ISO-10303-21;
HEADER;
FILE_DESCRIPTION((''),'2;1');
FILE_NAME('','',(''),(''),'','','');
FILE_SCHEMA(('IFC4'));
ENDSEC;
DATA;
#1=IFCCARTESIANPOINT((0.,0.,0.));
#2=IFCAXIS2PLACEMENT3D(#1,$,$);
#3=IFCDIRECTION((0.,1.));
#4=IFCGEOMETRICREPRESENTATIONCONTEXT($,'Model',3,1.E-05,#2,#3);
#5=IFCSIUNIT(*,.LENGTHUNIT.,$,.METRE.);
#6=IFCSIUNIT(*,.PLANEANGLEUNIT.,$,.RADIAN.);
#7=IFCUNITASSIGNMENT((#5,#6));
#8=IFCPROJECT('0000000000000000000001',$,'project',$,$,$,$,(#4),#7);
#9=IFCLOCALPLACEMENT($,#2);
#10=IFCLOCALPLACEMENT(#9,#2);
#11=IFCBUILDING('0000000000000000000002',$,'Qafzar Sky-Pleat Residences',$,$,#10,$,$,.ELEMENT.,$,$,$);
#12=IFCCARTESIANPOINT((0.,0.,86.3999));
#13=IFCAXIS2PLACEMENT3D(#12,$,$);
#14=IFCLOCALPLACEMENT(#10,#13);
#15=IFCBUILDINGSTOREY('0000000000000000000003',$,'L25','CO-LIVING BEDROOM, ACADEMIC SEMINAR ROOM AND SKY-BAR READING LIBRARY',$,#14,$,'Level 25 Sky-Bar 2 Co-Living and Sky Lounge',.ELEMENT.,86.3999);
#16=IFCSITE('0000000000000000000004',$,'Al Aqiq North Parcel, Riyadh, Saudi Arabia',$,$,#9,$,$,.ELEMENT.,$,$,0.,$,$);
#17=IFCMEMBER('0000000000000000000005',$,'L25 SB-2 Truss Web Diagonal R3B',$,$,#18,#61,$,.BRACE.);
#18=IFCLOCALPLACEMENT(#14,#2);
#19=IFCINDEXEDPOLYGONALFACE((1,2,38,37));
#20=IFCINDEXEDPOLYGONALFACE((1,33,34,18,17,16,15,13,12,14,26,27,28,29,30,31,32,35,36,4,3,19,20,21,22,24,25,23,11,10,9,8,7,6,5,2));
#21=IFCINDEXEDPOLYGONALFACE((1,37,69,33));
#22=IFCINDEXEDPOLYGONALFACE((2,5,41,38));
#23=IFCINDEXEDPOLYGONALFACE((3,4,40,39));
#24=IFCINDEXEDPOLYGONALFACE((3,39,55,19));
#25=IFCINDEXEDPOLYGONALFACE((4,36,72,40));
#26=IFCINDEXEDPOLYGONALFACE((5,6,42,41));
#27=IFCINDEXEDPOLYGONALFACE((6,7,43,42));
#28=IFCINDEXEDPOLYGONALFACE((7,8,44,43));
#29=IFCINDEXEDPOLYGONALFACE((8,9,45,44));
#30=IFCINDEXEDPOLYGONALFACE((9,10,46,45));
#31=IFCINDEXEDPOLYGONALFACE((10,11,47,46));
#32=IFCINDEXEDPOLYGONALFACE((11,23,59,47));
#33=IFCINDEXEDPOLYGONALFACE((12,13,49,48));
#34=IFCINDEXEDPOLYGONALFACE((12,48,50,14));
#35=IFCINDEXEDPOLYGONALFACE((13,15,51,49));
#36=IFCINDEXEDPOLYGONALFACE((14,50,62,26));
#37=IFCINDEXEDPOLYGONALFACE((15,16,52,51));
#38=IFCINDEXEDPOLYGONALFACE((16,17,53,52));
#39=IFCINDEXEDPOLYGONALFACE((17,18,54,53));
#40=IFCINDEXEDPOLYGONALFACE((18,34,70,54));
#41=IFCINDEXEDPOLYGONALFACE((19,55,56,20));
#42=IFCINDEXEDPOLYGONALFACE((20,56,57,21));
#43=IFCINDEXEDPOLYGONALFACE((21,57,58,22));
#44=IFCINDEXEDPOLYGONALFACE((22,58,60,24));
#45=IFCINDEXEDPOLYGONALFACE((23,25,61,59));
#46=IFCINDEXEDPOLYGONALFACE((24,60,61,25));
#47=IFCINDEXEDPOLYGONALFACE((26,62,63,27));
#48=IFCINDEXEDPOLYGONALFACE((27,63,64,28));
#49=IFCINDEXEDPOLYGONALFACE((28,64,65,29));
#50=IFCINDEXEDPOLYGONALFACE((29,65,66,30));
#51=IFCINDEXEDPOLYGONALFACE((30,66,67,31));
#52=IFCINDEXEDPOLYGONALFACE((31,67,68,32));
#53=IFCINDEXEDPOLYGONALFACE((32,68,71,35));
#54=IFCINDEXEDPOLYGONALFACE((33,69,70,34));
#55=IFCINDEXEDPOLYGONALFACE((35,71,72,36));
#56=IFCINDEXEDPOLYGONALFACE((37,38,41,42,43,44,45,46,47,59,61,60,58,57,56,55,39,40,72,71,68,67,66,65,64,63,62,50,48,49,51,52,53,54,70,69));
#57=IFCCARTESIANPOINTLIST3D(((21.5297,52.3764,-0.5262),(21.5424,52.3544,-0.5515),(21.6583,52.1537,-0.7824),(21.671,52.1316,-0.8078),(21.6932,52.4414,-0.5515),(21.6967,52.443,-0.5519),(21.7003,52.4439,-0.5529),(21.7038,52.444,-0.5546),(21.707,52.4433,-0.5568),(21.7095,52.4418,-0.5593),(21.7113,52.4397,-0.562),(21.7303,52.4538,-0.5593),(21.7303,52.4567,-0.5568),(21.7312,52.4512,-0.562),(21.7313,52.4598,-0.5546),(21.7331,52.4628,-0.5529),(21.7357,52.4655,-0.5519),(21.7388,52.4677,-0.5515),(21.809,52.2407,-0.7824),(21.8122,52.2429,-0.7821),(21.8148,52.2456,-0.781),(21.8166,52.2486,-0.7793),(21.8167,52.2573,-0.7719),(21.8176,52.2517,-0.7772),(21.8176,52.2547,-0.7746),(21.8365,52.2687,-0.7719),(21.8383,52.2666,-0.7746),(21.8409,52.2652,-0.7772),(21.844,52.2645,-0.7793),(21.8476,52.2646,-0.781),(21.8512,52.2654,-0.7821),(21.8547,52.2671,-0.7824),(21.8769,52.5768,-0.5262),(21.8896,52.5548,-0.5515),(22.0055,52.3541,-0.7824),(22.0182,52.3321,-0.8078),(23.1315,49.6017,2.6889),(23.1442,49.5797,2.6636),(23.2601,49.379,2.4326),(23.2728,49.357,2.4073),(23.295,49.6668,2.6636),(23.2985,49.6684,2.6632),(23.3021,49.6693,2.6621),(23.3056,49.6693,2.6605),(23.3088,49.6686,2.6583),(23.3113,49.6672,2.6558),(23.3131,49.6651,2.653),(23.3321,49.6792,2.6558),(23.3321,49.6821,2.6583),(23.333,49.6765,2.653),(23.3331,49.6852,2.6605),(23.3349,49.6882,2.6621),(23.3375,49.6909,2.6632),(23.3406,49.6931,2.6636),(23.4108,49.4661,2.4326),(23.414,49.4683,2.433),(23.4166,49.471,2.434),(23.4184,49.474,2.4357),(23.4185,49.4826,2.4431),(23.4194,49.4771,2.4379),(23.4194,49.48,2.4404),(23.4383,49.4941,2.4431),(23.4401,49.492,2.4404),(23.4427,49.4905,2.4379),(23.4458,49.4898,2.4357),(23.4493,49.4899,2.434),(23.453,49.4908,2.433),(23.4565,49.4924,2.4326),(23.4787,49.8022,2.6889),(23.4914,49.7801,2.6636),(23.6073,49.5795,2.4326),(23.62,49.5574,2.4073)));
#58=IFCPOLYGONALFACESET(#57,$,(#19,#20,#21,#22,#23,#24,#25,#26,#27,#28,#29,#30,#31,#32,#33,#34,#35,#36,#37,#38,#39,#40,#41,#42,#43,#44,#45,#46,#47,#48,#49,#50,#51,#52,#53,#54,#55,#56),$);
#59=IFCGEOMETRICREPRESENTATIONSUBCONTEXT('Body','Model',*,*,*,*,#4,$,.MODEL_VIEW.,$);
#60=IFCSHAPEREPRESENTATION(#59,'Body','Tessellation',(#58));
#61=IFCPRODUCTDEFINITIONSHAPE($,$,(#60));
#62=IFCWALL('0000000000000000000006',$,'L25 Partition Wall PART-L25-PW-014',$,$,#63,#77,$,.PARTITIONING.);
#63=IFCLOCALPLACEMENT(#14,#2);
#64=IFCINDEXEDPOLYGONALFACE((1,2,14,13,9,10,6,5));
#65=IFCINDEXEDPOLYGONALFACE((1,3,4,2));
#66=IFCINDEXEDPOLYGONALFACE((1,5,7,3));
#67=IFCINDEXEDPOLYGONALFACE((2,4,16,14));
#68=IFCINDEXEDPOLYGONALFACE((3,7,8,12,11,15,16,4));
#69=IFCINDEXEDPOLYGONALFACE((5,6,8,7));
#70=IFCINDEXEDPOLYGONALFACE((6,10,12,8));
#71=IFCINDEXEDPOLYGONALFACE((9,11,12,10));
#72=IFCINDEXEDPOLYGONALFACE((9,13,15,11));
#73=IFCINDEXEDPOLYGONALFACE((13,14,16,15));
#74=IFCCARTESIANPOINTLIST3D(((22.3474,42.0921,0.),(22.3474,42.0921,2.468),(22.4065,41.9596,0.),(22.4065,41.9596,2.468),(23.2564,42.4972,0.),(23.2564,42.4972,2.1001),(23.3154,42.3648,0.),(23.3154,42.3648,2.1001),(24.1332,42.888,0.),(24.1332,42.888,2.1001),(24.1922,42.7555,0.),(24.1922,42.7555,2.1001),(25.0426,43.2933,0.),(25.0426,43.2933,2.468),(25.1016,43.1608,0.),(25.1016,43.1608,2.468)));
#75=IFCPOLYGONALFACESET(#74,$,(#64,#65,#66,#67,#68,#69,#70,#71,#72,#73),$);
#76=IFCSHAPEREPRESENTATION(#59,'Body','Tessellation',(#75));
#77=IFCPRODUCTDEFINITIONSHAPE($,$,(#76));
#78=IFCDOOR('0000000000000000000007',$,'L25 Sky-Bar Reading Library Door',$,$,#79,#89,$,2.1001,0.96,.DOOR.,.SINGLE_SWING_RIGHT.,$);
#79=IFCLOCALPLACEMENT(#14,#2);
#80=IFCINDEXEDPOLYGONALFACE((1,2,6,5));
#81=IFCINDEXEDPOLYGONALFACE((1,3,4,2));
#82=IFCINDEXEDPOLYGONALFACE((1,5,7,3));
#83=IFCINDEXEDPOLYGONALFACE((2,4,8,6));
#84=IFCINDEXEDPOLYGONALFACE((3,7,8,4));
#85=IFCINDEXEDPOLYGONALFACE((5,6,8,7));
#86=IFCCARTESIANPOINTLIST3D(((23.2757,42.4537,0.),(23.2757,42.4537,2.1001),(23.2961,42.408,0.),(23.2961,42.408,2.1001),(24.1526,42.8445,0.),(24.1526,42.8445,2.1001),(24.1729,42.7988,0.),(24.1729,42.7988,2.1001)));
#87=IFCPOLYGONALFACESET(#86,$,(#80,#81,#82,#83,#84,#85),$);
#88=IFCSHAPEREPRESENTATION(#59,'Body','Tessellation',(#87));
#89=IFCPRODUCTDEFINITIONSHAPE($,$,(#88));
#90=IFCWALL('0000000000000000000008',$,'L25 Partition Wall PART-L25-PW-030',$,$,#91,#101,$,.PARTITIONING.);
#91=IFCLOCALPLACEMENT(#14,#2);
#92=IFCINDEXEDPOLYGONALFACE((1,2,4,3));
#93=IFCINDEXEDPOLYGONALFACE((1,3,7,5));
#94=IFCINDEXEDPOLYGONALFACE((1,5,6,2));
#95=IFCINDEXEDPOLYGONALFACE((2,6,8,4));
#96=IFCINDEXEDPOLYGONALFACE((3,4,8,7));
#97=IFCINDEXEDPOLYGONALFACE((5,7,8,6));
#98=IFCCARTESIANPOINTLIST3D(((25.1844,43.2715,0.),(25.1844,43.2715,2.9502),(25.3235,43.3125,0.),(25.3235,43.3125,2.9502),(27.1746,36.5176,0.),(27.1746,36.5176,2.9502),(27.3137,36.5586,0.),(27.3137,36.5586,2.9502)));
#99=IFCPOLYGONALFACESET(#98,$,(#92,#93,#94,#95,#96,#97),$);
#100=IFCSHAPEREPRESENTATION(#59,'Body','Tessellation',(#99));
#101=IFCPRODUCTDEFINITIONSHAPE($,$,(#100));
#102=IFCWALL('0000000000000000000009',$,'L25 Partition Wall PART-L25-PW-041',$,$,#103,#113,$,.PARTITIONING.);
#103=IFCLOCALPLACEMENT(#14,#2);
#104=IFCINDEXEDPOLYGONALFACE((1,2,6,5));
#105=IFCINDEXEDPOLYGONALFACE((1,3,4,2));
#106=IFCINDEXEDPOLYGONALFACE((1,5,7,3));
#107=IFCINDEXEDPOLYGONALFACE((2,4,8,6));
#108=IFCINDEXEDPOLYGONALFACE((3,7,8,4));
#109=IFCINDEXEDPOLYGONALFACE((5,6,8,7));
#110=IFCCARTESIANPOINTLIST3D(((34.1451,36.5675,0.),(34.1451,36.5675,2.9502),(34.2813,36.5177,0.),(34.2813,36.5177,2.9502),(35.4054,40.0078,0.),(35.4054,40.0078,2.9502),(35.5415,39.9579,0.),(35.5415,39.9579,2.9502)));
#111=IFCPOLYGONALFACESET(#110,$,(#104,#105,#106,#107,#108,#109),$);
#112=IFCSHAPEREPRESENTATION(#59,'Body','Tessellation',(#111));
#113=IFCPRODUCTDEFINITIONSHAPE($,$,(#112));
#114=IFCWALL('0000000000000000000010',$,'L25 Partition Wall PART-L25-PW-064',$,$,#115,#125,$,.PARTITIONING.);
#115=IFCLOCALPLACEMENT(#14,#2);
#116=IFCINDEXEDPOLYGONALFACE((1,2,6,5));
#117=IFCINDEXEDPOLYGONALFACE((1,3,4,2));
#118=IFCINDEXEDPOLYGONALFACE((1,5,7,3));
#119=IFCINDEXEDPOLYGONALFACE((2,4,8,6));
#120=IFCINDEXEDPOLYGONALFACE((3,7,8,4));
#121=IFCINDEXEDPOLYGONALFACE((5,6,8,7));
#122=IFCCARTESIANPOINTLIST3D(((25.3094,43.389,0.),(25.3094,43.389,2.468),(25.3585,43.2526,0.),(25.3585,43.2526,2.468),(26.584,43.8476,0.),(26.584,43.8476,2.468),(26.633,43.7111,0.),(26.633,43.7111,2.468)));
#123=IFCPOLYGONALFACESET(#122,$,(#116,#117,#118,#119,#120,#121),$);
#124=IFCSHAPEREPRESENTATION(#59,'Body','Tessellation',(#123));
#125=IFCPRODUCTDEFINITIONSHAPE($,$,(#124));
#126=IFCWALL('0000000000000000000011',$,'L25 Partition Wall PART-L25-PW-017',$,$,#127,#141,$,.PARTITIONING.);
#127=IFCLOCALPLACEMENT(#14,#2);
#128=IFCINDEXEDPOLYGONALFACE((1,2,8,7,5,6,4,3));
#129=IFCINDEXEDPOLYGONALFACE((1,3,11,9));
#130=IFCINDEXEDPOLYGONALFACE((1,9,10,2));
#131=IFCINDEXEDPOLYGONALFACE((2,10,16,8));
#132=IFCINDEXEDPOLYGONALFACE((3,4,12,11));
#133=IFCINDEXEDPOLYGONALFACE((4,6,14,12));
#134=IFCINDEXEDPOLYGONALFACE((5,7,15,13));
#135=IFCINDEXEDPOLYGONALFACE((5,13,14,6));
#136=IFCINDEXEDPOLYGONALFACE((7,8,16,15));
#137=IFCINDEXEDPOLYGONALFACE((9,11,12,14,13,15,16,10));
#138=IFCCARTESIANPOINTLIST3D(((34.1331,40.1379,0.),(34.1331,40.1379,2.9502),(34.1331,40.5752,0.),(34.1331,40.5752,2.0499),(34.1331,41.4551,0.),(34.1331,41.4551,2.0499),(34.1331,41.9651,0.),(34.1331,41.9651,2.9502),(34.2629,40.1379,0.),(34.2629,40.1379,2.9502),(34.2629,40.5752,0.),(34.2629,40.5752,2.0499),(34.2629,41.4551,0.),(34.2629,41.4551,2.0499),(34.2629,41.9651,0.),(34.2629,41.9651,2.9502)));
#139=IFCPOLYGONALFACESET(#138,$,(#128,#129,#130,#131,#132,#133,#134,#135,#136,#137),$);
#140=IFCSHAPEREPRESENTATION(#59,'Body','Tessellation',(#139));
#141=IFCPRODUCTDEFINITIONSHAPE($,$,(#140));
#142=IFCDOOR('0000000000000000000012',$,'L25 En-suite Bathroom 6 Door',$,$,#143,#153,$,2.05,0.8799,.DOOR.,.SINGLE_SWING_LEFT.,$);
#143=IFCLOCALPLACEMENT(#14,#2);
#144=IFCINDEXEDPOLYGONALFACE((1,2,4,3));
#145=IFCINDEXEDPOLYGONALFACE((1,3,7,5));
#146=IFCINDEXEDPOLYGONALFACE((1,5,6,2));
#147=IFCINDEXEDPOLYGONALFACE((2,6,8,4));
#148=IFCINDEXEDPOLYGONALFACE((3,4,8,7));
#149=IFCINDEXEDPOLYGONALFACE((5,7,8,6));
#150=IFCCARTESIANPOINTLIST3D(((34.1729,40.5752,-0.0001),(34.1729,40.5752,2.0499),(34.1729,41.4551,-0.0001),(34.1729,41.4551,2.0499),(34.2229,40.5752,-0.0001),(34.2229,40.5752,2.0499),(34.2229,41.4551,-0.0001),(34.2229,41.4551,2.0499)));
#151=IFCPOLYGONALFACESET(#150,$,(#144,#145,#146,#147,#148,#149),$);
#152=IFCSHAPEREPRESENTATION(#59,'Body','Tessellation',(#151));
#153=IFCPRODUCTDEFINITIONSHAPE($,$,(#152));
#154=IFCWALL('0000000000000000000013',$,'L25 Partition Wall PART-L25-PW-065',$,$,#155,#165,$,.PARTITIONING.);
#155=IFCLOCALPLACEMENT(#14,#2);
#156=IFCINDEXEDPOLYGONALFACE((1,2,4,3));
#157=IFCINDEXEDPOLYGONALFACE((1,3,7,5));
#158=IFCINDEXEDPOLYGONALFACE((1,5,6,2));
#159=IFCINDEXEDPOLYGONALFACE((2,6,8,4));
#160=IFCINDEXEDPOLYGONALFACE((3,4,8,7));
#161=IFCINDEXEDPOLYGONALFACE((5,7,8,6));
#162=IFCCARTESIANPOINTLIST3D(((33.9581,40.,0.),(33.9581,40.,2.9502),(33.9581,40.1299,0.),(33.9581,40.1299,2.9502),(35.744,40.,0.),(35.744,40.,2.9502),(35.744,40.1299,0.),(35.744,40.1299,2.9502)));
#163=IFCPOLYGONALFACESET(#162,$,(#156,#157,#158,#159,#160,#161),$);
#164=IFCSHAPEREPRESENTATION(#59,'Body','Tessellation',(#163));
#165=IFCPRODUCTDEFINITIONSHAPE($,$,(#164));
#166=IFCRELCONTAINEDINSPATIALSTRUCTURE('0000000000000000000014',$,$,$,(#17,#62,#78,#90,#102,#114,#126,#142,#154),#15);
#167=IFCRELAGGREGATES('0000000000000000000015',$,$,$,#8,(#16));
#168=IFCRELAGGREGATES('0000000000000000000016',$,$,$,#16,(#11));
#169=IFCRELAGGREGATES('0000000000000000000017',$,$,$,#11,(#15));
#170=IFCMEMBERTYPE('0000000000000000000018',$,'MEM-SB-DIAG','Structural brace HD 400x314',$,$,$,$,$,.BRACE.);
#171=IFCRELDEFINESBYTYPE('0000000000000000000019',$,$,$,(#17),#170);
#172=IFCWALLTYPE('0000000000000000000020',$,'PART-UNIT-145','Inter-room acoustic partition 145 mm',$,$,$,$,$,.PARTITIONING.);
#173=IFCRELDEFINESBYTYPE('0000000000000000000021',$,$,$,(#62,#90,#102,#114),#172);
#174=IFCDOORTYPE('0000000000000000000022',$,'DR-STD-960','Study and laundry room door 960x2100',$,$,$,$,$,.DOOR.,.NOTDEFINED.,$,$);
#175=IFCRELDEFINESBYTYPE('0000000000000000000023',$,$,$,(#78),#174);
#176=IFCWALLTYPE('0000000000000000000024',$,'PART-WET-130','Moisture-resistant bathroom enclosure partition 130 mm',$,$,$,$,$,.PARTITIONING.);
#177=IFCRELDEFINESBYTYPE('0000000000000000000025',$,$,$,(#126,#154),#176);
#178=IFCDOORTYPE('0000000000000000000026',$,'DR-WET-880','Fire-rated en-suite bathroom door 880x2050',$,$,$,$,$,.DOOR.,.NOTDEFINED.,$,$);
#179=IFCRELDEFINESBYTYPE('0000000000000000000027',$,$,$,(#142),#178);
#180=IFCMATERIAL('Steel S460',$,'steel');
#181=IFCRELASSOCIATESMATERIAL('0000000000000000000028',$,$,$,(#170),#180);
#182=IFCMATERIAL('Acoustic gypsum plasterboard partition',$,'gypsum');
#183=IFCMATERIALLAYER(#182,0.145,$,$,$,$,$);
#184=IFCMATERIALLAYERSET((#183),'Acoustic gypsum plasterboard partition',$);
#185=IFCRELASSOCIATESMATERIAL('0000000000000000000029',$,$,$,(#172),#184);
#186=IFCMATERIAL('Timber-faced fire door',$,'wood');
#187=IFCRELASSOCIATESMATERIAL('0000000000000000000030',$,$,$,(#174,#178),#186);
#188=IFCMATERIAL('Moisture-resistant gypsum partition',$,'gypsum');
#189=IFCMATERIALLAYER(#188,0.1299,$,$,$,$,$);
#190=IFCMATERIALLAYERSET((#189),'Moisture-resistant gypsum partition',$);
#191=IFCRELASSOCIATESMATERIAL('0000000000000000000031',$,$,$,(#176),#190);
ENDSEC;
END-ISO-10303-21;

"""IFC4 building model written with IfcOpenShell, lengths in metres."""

from ifc_helpers import new_model, si_unit, direction, frame, frame_2d, origin, origin_2d, place, context, subcontext, project, spatial, rectangle, i_section, extrude, source, transform, mapped, material, layer, layer_set, material_profile, profile_set, type_object, element, fill, save


model = new_model("IFC4")

# Units and contexts
model_context = context("Model", 3, precision=1e-05, world=origin(), true_north=direction((0.0, 1.0)))
body_context = subcontext(model_context, "Body", "Model", "MODEL_VIEW")
ifc_project = project(units=[si_unit("LENGTHUNIT", "METRE"), si_unit("PLANEANGLEUNIT", "RADIAN")], contexts=[model_context])

# Site, building, storey
site_placement = place(None, origin())
site = spatial("IfcSite", under=ifc_project, at=site_placement, Name="Al Aqiq North Parcel, Riyadh, Saudi Arabia", CompositionType="ELEMENT", RefElevation=0.0)
building_placement = place(site_placement, origin())
building = spatial("IfcBuilding", under=site, at=building_placement, Name="Qafzar Sky-Pleat Residences", CompositionType="ELEMENT")
storey_placement = place(building_placement, frame((0.0, 0.0, 86.3999)))
storey = spatial("IfcBuildingStorey", under=building, at=storey_placement, Name="L25", Description="CO-LIVING BEDROOM, ACADEMIC SEMINAR ROOM AND SKY-BAR READING LIBRARY", LongName="Level 25 Sky-Bar 2 Co-Living and Sky Lounge", CompositionType="ELEMENT", Elevation=86.3999)

# Shared definitions
ifc_material_1 = material(Name="Steel S460", Category="steel")

# Member
ifc_material_profile_1 = material_profile(ifc_material_1, i_section(OverallWidth=0.4009, OverallDepth=0.3989, WebThickness=0.0229, FlangeThickness=0.0359, FilletRadius=0.0149, at=origin_2d()), Name="HD 400x314")
ifc_profile_set_1 = profile_set([ifc_material_profile_1], Name="Steel S460")
member_type = type_object("IfcMemberType", Name="MEM-SB-DIAG", Description="Structural brace HD 400x314", PredefinedType="BRACE", material=ifc_profile_set_1)
shared_shape_1 = source(origin(), body_context, "Body", "SweptSolid", [
    extrude(i_section(OverallWidth=0.4009, OverallDepth=0.3989, WebThickness=0.0229, FlangeThickness=0.0359, FilletRadius=0.0149, at=origin_2d()), origin(), (0.0, 0.0, 1.0), 4.5388),
])
for number, where, z_axis, x_axis, name in (
    (1, (23.3757, 49.5796, 2.5481), (-0.352909, 0.611311, -0.708346), (-0.866045, -0.499967, 0.0), "L25 SB-2 Truss Web Diagonal R3B"),
):
    element("IfcMember", number, at=place(storey_placement, frame(where, z_axis=z_axis, x_axis=x_axis)), inside=storey, type_object=member_type, Name=name, PredefinedType="BRACE", context=body_context, shape_type="MappedRepresentation", body=[
        mapped(shared_shape_1, transform((0.0, 0.0, 0.0), x_axis=(1.0, 0.0, 0.0), y_axis=(0.0, 1.0, 0.0), z_axis=(0.0, 0.0, 1.0), scale=1.0)),
    ])

# Wall, opening, door
ifc_material_2 = material(Name="Acoustic gypsum plasterboard partition", Category="gypsum")
ifc_layer_1 = layer(ifc_material_2, 0.145)
ifc_layer_set_1 = layer_set([ifc_layer_1], Name="Acoustic gypsum plasterboard partition")
wall_type_1 = type_object("IfcWallType", Name="PART-UNIT-145", Description="Inter-room acoustic partition 145 mm", PredefinedType="PARTITIONING", material=ifc_layer_set_1)
wall_1_placement = place(storey_placement, frame((22.377, 42.0259, 0.0), z_axis=(0.0, 0.0, 1.0), x_axis=(0.913388, 0.40709, 0.0)))
wall_1 = element("IfcWall", 2, at=wall_1_placement, inside=storey, type_object=wall_type_1, Name="L25 Partition Wall PART-L25-PW-014", PredefinedType="PARTITIONING", context=body_context, shape_type="SweptSolid", body=[
    extrude(rectangle(XDim=2.9507, YDim=0.145, at=frame_2d((1.4753, 0.0))), origin(), (0.0, 0.0, 1.0), 2.468),
])
opening_1_placement = place(wall_1_placement, frame((0.9951, 0.0, 0.0)))
opening_1 = element("IfcOpeningElement", 3, at=opening_1_placement, cuts=wall_1, PredefinedType="OPENING", context=body_context, shape_type="SweptSolid", body=[
    extrude(rectangle(XDim=0.96, YDim=2.1001, at=frame_2d((0.48, 1.05))), frame((0.0, 0.0825, 0.0), z_axis=(0.0, -1.0, 0.0), x_axis=(1.0, 0.0, 0.0)), (0.0, 0.0, 1.0), 0.165),
])
ifc_material_3 = material(Name="Timber-faced fire door", Category="wood")
door_type_1 = type_object("IfcDoorType", Name="DR-STD-960", Description="Study and laundry room door 960x2100", OperationType="NOTDEFINED", PredefinedType="DOOR", material=ifc_material_3)
shared_shape_2 = source(origin(), body_context, "Body", "SweptSolid", [
    extrude(rectangle(XDim=0.96, YDim=2.1001, at=frame_2d((0.48, 1.05))), frame((0.0, 0.0249, 0.0), z_axis=(0.0, -1.0, 0.0), x_axis=(1.0, 0.0, 0.0)), (0.0, 0.0, 1.0), 0.05),
])
door_1_placement = place(opening_1_placement, origin())
door_1 = element("IfcDoor", 4, at=door_1_placement, inside=storey, type_object=door_type_1, Name="L25 Sky-Bar Reading Library Door", OperationType="SINGLE_SWING_RIGHT", OverallHeight=2.1001, OverallWidth=0.96, PredefinedType="DOOR", context=body_context, shape_type="MappedRepresentation", body=[
    mapped(shared_shape_2, transform((0.0, 0.0, 0.0), x_axis=(1.0, 0.0, 0.0), y_axis=(0.0, 1.0, 0.0), z_axis=(0.0, 0.0, 1.0), scale=1.0)),
])
fill(opening_1, door_1)

# Walls
wall_2_placement = place(storey_placement, frame((25.2539, 43.292, 0.0), z_axis=(0.0, 0.0, 1.0), x_axis=(0.282662, -0.95922, 0.0)))
element("IfcWall", 5, at=wall_2_placement, inside=storey, type_object=wall_type_1, Name="L25 Partition Wall PART-L25-PW-030", PredefinedType="PARTITIONING", context=body_context, shape_type="SweptSolid", body=[
    extrude(rectangle(XDim=7.041, YDim=0.145, at=frame_2d((3.5205, 0.0))), origin(), (0.0, 0.0, 1.0), 2.9502),
])
wall_3_placement = place(storey_placement, frame((34.2131, 36.5425, 0.0), z_axis=(0.0, 0.0, 1.0), x_axis=(0.343979, 0.938978, 0.0)))
element("IfcWall", 6, at=wall_3_placement, inside=storey, type_object=wall_type_1, Name="L25 Partition Wall PART-L25-PW-041", PredefinedType="PARTITIONING", context=body_context, shape_type="SweptSolid", body=[
    extrude(rectangle(XDim=3.6638, YDim=0.145, at=frame_2d((1.832, 0.0))), origin(), (0.0, 0.0, 1.0), 2.9502),
])
wall_4_placement = place(storey_placement, frame((25.334, 43.3208, 0.0), z_axis=(0.0, 0.0, 1.0), x_axis=(0.940956, 0.338528, 0.0)))
element("IfcWall", 7, at=wall_4_placement, inside=storey, type_object=wall_type_1, Name="L25 Partition Wall PART-L25-PW-064", PredefinedType="PARTITIONING", context=body_context, shape_type="SweptSolid", body=[
    extrude(rectangle(XDim=1.3545, YDim=0.145, at=frame_2d((0.6772, 0.0))), origin(), (0.0, 0.0, 1.0), 2.468),
])

# Wall, opening, door
ifc_material_4 = material(Name="Moisture-resistant gypsum partition", Category="gypsum")
ifc_layer_2 = layer(ifc_material_4, 0.1299)
ifc_layer_set_2 = layer_set([ifc_layer_2], Name="Moisture-resistant gypsum partition")
wall_type_2 = type_object("IfcWallType", Name="PART-WET-130", Description="Moisture-resistant bathroom enclosure partition 130 mm", PredefinedType="PARTITIONING", material=ifc_layer_set_2)
wall_5_placement = place(storey_placement, frame((34.198, 41.9651, 0.0), z_axis=(0.0, 0.0, 1.0), x_axis=(0.0, -1.0, 0.0)))
wall_5 = element("IfcWall", 8, at=wall_5_placement, inside=storey, type_object=wall_type_2, Name="L25 Partition Wall PART-L25-PW-017", PredefinedType="PARTITIONING", context=body_context, shape_type="SweptSolid", body=[
    extrude(rectangle(XDim=1.8271, YDim=0.1299, at=frame_2d((0.9136, 0.0))), origin(), (0.0, 0.0, 1.0), 2.9502),
])
opening_2_placement = place(wall_5_placement, frame((0.51, 0.0, 0.0)))
opening_2 = element("IfcOpeningElement", 9, at=opening_2_placement, cuts=wall_5, PredefinedType="OPENING", context=body_context, shape_type="SweptSolid", body=[
    extrude(rectangle(XDim=0.8799, YDim=2.05, at=frame_2d((0.4399, 1.0249))), frame((0.0, 0.075, 0.0), z_axis=(0.0, -1.0, 0.0), x_axis=(1.0, 0.0, 0.0)), (0.0, 0.0, 1.0), 0.1499),
])
door_type_2 = type_object("IfcDoorType", Name="DR-WET-880", Description="Fire-rated en-suite bathroom door 880x2050", OperationType="NOTDEFINED", PredefinedType="DOOR", material=ifc_material_3)
shared_shape_3 = source(origin(), body_context, "Body", "SweptSolid", [
    extrude(rectangle(XDim=0.8799, YDim=2.05, at=frame_2d((0.4399, 1.0249))), frame((0.0, 0.0249, 0.0), z_axis=(0.0, -1.0, 0.0), x_axis=(1.0, 0.0, 0.0)), (0.0, 0.0, 1.0), 0.05),
])
door_2_placement = place(opening_2_placement, origin())
door_2 = element("IfcDoor", 10, at=door_2_placement, inside=storey, type_object=door_type_2, Name="L25 En-suite Bathroom 6 Door", OperationType="SINGLE_SWING_LEFT", OverallHeight=2.05, OverallWidth=0.8799, PredefinedType="DOOR", context=body_context, shape_type="MappedRepresentation", body=[
    mapped(shared_shape_3, transform((0.0, 0.0, 0.0), x_axis=(1.0, 0.0, 0.0), y_axis=(0.0, 1.0, 0.0), z_axis=(0.0, 0.0, 1.0), scale=1.0)),
])
fill(opening_2, door_2)

# Wall
wall_6_placement = place(storey_placement, frame((33.958, 40.0649, 0.0), z_axis=(0.0, 0.0, 1.0), x_axis=(1.0, 0.0, 0.0)))
element("IfcWall", 11, at=wall_6_placement, inside=storey, type_object=wall_type_2, Name="L25 Partition Wall PART-L25-PW-065", PredefinedType="PARTITIONING", context=body_context, shape_type="SweptSolid", body=[
    extrude(rectangle(XDim=1.7859, YDim=0.1299, at=frame_2d((0.8931, 0.0))), origin(), (0.0, 0.0, 1.0), 2.9502),
])

save(model, "model.ifc")
